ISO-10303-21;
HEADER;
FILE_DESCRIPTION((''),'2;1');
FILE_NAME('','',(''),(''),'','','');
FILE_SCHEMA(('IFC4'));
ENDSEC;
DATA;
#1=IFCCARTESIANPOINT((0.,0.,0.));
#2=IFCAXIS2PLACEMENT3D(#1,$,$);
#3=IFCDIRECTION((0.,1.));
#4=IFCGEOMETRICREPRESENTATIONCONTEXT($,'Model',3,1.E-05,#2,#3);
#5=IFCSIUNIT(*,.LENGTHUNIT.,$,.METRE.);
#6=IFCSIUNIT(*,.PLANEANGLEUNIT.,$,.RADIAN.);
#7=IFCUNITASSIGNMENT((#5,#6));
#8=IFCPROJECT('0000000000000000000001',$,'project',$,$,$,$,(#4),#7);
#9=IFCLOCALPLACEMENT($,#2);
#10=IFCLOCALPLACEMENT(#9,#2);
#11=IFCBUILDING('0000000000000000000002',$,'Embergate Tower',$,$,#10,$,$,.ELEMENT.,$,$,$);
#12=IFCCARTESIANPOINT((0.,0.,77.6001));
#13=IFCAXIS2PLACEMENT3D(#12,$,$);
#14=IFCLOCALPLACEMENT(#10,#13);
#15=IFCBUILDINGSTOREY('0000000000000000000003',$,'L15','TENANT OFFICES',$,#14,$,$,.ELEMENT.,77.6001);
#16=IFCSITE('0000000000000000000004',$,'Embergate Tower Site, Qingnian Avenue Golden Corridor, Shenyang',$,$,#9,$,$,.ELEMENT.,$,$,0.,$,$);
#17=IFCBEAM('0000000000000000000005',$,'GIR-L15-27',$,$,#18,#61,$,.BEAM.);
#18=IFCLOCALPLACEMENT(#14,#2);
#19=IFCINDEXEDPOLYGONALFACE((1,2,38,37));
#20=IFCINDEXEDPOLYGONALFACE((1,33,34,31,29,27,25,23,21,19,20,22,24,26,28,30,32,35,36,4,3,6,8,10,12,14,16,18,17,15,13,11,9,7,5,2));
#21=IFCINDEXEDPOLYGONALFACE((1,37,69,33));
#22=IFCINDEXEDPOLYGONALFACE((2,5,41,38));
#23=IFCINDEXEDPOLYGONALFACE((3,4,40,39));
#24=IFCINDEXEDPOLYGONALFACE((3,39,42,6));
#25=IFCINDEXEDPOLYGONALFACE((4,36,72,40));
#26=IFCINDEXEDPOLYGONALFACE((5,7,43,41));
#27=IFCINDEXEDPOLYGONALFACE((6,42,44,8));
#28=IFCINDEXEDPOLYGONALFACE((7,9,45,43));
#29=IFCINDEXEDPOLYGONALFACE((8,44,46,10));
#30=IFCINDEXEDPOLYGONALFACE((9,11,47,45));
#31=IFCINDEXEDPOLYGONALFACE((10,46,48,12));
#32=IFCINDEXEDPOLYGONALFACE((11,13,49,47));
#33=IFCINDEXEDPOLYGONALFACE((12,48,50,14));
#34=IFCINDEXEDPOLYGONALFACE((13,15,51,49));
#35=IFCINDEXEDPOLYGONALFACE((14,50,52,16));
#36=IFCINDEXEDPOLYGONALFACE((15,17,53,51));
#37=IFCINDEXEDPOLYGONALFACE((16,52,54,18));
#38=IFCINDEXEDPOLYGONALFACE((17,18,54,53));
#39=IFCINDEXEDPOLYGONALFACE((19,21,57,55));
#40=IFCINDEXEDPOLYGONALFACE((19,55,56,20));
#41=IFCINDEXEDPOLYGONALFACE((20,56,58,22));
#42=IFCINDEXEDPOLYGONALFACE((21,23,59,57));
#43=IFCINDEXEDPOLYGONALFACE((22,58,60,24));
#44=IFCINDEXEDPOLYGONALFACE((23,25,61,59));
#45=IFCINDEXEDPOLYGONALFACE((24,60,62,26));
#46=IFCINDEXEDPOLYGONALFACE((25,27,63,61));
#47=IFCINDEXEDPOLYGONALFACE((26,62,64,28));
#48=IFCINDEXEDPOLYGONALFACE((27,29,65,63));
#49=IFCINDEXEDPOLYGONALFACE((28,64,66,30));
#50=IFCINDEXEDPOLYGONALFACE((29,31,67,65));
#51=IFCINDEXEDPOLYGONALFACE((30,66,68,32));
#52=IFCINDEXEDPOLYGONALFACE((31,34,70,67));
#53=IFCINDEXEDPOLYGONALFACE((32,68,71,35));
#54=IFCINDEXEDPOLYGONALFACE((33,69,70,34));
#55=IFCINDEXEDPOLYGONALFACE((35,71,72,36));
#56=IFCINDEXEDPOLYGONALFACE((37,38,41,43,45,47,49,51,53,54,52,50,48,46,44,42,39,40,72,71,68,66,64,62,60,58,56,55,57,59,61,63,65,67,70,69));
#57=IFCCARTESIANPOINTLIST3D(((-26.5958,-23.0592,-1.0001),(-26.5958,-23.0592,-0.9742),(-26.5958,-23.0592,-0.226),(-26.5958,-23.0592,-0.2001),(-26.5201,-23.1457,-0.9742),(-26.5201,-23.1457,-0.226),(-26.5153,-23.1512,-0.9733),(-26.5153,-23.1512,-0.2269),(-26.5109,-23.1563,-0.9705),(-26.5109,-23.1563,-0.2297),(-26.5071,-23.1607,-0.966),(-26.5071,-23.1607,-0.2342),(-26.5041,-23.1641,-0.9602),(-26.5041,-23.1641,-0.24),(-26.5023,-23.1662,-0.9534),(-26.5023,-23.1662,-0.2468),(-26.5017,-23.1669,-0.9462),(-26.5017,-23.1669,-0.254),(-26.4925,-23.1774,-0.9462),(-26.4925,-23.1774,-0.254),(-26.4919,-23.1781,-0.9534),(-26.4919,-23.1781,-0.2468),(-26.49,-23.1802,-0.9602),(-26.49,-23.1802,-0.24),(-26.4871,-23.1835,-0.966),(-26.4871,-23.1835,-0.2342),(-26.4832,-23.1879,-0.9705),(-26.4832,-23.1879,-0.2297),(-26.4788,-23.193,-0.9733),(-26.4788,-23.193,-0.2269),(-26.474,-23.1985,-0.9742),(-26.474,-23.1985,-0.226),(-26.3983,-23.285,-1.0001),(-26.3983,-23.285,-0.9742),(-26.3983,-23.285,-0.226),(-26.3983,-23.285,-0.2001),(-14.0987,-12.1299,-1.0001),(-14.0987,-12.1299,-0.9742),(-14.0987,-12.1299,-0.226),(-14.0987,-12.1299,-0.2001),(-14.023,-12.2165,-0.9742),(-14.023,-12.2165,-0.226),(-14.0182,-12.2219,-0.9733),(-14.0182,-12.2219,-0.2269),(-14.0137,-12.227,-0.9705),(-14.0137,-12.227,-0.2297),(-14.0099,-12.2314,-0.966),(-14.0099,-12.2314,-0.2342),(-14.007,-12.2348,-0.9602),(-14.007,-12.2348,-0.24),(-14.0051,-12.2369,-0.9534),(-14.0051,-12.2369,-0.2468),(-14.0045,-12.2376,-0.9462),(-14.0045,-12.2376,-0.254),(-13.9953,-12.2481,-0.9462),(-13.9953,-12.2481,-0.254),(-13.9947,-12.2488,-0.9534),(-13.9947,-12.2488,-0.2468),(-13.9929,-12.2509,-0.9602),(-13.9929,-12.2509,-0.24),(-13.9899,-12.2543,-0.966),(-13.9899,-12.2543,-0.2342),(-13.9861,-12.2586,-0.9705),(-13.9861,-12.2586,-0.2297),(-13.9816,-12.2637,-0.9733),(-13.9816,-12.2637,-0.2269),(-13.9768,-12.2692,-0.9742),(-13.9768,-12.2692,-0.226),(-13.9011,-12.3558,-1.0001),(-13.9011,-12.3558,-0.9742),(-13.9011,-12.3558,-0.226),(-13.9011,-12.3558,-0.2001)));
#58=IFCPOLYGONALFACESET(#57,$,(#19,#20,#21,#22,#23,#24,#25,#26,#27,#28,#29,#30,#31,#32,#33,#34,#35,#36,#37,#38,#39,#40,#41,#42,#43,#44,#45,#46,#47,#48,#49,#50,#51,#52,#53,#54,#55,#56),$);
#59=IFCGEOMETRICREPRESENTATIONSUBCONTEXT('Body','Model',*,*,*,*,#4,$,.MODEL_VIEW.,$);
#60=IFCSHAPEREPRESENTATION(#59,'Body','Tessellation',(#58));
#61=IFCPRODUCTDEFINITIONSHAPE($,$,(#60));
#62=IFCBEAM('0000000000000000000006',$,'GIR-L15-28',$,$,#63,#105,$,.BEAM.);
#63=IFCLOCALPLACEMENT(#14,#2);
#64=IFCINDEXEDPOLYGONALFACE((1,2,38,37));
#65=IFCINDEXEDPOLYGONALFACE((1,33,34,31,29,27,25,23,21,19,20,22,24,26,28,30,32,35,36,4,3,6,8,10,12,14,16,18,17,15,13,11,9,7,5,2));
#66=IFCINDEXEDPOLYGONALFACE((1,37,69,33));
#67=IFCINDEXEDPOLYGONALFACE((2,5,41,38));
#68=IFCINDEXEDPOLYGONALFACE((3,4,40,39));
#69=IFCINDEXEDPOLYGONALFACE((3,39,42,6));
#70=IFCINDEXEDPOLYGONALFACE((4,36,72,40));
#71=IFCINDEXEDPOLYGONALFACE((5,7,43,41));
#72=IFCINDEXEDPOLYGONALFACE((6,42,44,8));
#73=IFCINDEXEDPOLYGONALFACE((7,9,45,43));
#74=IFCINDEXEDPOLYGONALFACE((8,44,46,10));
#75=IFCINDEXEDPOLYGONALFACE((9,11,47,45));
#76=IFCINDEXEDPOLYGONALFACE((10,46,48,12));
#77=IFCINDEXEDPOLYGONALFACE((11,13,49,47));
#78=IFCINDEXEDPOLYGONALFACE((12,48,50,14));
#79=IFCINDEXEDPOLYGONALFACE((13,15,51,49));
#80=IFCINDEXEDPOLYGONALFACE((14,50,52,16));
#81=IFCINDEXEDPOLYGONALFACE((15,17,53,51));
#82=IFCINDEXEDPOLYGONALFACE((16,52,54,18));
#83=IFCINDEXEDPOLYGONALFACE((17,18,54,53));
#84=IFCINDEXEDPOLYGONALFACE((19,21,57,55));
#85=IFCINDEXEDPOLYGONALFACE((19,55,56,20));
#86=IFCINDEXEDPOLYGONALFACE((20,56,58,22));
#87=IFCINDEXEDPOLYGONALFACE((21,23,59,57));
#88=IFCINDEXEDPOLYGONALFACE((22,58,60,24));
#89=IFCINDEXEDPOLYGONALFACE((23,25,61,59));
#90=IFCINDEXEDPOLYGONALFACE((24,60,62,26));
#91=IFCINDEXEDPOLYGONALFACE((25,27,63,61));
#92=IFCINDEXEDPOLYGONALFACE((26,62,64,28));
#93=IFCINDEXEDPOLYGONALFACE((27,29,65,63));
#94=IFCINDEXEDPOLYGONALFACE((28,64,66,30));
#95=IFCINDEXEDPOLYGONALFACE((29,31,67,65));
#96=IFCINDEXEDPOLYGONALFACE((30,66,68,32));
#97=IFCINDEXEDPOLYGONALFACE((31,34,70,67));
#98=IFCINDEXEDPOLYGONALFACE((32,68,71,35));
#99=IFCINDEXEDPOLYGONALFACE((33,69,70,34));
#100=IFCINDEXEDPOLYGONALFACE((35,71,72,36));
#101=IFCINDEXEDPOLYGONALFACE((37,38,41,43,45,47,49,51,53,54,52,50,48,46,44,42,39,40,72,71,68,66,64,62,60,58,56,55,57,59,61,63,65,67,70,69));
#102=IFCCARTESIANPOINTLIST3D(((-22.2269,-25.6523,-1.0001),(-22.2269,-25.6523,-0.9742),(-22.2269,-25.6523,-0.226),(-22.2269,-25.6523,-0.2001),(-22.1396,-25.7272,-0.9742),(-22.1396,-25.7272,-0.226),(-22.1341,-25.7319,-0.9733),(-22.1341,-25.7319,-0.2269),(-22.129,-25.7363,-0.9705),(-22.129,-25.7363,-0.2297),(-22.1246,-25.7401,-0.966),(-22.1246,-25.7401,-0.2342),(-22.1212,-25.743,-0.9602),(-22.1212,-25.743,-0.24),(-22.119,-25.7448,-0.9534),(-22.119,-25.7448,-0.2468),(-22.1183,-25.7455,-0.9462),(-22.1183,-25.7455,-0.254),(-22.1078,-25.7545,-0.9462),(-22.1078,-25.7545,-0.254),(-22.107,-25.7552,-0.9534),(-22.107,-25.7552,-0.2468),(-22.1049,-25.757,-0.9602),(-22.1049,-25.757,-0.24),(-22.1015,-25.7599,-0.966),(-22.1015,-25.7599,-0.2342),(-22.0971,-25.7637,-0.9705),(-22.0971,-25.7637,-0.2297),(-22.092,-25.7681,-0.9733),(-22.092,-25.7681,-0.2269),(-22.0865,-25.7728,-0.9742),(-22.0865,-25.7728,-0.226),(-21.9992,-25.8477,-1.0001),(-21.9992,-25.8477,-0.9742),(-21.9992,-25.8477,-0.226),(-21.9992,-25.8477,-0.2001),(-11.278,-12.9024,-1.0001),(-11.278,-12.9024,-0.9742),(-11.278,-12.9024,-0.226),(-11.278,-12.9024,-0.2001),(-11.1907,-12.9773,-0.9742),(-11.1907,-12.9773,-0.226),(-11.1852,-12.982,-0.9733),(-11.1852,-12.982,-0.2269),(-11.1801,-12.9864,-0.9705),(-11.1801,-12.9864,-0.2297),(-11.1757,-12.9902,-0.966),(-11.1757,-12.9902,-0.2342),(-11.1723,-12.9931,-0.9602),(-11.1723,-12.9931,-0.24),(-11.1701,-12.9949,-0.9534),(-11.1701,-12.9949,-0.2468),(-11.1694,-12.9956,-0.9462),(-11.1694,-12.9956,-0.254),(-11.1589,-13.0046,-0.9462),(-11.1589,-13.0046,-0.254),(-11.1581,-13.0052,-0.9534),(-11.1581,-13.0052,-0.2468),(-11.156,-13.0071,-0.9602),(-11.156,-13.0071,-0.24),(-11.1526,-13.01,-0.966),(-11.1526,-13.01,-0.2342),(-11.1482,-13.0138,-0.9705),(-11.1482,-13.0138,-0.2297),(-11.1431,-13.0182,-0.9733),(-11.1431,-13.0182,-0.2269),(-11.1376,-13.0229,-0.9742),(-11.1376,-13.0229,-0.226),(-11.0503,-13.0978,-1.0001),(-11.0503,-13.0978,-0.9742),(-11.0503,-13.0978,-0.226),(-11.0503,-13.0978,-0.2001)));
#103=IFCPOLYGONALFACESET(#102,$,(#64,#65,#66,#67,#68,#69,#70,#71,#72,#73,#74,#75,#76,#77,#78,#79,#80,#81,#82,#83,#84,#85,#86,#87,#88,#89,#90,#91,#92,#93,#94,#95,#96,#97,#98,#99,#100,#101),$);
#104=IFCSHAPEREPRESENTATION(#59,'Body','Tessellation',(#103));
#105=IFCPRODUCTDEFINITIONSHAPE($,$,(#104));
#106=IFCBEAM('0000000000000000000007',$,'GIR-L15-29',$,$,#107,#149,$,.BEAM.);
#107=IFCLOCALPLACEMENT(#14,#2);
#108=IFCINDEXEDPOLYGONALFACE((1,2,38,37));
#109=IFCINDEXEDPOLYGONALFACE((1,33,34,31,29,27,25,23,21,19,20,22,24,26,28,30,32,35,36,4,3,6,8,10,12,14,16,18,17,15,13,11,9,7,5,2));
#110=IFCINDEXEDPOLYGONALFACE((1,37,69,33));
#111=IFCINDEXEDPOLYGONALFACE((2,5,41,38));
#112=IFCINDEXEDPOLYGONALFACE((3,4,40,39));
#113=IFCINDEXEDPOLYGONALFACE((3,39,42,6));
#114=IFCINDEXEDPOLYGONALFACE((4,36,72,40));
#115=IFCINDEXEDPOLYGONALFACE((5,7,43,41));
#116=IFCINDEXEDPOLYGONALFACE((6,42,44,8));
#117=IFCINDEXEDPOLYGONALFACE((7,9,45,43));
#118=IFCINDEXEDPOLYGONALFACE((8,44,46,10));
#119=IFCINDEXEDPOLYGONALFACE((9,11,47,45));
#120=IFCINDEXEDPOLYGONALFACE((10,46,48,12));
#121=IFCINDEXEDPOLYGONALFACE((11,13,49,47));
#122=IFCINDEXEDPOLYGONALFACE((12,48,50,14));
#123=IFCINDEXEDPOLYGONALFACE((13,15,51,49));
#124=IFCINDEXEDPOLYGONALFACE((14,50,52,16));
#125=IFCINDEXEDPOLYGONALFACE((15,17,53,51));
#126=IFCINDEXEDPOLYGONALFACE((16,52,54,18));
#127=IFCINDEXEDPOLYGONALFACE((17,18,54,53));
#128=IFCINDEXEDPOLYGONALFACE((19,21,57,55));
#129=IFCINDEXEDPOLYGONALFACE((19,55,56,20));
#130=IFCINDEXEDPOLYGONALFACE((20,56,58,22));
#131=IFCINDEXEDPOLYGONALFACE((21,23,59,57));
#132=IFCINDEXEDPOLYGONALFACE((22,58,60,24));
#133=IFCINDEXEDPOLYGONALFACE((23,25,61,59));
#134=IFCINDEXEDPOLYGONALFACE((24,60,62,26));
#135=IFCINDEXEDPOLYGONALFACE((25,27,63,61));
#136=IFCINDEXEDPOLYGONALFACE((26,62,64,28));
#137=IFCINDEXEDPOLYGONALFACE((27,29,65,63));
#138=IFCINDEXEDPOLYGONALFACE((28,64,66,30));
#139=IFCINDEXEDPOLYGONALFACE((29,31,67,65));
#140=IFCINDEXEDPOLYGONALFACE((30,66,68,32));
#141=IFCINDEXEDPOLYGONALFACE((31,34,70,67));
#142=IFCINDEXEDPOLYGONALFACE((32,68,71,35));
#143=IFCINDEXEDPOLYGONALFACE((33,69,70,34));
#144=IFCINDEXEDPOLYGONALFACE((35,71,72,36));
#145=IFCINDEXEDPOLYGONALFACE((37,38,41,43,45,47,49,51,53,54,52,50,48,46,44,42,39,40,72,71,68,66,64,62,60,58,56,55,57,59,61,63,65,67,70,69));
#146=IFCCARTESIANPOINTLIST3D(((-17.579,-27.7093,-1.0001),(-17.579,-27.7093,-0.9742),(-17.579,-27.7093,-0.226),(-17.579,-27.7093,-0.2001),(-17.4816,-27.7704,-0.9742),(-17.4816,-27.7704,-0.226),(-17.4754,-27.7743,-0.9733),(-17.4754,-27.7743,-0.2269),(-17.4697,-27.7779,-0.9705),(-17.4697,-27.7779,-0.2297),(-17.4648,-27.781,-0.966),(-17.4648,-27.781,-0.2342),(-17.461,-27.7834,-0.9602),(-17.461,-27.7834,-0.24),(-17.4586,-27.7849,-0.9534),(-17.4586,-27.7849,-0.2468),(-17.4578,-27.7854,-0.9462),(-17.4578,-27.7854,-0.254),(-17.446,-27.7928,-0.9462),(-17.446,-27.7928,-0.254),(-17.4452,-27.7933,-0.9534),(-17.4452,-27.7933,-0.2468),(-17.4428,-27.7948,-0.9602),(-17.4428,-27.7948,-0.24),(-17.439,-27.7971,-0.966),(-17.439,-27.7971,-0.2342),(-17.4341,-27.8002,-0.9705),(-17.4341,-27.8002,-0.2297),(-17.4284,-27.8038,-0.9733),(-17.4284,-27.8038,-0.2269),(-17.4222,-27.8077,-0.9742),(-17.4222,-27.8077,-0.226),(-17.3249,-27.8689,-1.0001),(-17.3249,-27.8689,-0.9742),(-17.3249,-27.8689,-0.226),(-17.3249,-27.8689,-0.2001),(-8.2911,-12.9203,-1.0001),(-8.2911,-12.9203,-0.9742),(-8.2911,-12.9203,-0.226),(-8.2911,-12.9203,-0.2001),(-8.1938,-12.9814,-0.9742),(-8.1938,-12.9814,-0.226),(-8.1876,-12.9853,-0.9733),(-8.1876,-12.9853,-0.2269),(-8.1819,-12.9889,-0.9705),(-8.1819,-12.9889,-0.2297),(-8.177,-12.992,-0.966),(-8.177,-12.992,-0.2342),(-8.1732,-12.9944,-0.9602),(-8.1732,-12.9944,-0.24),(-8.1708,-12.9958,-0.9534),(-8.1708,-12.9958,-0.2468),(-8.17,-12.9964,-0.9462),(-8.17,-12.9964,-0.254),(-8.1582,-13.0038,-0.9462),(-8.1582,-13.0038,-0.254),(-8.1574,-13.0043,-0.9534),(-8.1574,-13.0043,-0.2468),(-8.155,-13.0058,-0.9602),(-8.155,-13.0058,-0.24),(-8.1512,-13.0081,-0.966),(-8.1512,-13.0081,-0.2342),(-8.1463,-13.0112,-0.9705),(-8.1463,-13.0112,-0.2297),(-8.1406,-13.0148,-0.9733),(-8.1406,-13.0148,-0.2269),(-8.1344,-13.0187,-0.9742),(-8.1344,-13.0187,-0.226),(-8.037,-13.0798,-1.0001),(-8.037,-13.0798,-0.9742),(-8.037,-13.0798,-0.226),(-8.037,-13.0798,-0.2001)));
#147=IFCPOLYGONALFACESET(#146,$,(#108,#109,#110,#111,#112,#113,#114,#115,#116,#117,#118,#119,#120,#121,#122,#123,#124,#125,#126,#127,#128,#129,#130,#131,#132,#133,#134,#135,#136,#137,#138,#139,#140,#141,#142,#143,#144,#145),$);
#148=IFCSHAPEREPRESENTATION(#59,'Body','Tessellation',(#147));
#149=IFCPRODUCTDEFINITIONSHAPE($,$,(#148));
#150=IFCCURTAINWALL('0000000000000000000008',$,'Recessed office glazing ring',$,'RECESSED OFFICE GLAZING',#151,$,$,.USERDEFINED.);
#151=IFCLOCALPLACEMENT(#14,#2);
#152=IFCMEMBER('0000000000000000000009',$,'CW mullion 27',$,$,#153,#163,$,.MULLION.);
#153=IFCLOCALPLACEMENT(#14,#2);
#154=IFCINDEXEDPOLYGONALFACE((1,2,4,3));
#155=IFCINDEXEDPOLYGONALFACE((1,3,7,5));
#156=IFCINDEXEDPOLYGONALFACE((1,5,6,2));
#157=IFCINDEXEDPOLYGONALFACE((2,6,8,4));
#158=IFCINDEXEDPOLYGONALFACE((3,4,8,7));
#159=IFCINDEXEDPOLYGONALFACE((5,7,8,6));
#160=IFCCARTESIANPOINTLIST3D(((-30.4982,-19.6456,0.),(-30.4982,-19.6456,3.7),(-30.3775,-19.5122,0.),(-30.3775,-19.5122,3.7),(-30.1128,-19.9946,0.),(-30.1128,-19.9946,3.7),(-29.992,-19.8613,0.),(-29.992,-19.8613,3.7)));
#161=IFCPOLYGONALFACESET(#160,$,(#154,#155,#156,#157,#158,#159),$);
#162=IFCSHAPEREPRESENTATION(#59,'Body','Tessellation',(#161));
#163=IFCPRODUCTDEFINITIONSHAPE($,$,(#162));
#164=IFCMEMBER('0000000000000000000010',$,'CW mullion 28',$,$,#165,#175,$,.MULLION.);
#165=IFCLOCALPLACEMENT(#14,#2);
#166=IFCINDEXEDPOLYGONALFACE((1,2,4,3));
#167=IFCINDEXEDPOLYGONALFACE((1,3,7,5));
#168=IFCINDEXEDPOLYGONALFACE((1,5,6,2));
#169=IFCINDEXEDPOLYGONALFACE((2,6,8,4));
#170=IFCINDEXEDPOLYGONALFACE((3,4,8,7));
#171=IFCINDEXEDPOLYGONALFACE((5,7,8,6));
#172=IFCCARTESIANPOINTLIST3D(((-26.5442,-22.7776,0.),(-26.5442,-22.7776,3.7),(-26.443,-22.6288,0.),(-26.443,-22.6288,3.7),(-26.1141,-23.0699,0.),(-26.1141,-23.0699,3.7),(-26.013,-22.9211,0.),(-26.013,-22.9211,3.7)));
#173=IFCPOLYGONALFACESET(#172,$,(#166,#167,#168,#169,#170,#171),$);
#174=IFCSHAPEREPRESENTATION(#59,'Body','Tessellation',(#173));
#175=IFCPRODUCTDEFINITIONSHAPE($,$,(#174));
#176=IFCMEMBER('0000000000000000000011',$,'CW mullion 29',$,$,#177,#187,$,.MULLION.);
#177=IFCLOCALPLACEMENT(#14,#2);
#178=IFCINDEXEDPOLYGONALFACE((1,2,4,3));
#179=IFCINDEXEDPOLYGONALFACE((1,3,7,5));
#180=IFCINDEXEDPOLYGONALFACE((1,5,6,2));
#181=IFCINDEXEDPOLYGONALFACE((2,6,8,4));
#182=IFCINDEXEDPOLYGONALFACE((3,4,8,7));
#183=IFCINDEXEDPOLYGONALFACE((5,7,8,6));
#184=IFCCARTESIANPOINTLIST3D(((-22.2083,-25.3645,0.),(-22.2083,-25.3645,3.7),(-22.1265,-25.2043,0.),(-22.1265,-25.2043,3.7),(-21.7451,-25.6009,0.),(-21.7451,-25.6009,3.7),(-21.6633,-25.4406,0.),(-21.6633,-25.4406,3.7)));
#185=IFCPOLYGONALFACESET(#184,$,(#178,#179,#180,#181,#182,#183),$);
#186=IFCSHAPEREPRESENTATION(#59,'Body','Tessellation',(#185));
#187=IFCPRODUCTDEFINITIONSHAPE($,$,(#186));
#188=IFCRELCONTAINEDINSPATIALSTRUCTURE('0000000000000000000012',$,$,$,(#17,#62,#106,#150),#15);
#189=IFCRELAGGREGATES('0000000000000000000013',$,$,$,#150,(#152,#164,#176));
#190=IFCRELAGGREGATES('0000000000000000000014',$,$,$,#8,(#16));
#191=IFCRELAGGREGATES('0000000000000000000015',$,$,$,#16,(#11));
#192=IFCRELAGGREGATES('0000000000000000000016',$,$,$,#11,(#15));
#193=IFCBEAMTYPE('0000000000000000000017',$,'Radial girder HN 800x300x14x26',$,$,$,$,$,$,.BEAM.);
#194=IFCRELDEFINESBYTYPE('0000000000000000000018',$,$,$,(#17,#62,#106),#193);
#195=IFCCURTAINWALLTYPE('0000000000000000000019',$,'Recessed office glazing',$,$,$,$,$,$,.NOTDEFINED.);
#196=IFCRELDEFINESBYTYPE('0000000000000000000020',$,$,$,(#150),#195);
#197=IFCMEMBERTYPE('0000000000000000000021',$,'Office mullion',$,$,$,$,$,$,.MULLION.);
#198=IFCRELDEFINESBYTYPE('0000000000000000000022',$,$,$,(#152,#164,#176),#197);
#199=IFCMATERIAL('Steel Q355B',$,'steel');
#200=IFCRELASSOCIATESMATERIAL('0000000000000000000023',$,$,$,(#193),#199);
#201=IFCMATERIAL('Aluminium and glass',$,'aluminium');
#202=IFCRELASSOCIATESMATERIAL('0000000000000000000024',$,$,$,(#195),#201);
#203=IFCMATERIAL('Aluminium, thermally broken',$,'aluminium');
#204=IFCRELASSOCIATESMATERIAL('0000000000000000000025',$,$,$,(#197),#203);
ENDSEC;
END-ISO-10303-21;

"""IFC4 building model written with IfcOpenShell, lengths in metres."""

from ifc_helpers import new_model, si_unit, direction, frame, origin, origin_2d, place, context, subcontext, project, spatial, rectangle, i_section, extrude, source, transform, mapped, material, material_profile, profile_set, type_object, element, aggregate, save


model = new_model("IFC4")

# Units and contexts
model_context = context("Model", 3, precision=1e-05, world=origin(), true_north=direction((0.0, 1.0)))
body_context = subcontext(model_context, "Body", "Model", "MODEL_VIEW")
ifc_project = project(units=[si_unit("LENGTHUNIT", "METRE"), si_unit("PLANEANGLEUNIT", "RADIAN")], contexts=[model_context])

# Site, building, storey
site_placement = place(None, origin())
site = spatial("IfcSite", under=ifc_project, at=site_placement, Name="Embergate Tower Site, Qingnian Avenue Golden Corridor, Shenyang", CompositionType="ELEMENT", RefElevation=0.0)
building_placement = place(site_placement, origin())
building = spatial("IfcBuilding", under=site, at=building_placement, Name="Embergate Tower", CompositionType="ELEMENT")
storey_placement = place(building_placement, frame((0.0, 0.0, 77.6001)))
storey = spatial("IfcBuildingStorey", under=building, at=storey_placement, Name="L15", Description="TENANT OFFICES", CompositionType="ELEMENT", Elevation=77.6001)

# Beams
ifc_material_1 = material(Name="Steel Q355B", Category="steel")
ifc_material_profile_1 = material_profile(ifc_material_1, i_section(OverallWidth=0.3, OverallDepth=0.8, WebThickness=0.0139, FlangeThickness=0.0259, FilletRadius=0.0281, at=origin_2d()), Name="HN 800x300x14x26")
ifc_profile_set_1 = profile_set([ifc_material_profile_1], Name="Steel Q355 grade B")
beam_type_1 = type_object("IfcBeamType", Name="Radial girder HN 800x300x14x26", PredefinedType="BEAM", material=ifc_profile_set_1)
shared_shape_1 = source(origin(), body_context, "Body", "SweptSolid", [
    extrude(i_section(OverallWidth=0.3, OverallDepth=0.8, WebThickness=0.0139, FlangeThickness=0.0259, FilletRadius=0.0281, at=origin_2d()), origin(), (0.0, 0.0, 1.0), 16.6021),
])
beam_1_placement = place(storey_placement, frame((-26.4971, -23.1721, -0.6001), z_axis=(0.752748, 0.658309, 0.0), x_axis=(-0.658309, 0.752748, 0.0)))
element("IfcBeam", 1, at=beam_1_placement, inside=storey, type_object=beam_type_1, Name="GIR-L15-27", PredefinedType="BEAM", context=body_context, shape_type="MappedRepresentation", body=[
    mapped(shared_shape_1, transform((0.0, 0.0, 0.0))),
])
shared_shape_2 = source(origin(), body_context, "Body", "SweptSolid", [
    extrude(i_section(OverallWidth=0.3, OverallDepth=0.8, WebThickness=0.0139, FlangeThickness=0.0259, FilletRadius=0.0281, at=origin_2d()), origin(), (0.0, 0.0, 1.0), 16.8059),
])
beam_2_placement = place(storey_placement, frame((-22.113, -25.75, -0.6001), z_axis=(0.651491, 0.758656, 0.0), x_axis=(-0.758656, 0.651491, 0.0)))
element("IfcBeam", 2, at=beam_2_placement, inside=storey, type_object=beam_type_1, Name="GIR-L15-28", PredefinedType="BEAM", context=body_context, shape_type="MappedRepresentation", body=[
    mapped(shared_shape_2, transform((0.0, 0.0, 0.0))),
])
shared_shape_3 = source(origin(), body_context, "Body", "SweptSolid", [
    extrude(i_section(OverallWidth=0.3, OverallDepth=0.8, WebThickness=0.0139, FlangeThickness=0.0259, FilletRadius=0.0281, at=origin_2d()), origin(), (0.0, 0.0, 1.0), 17.4636),
])
beam_3_placement = place(storey_placement, frame((-17.4519, -27.7891, -0.6001), z_axis=(0.531837, 0.846847, 0.0), x_axis=(-0.846847, 0.531837, 0.0)))
element("IfcBeam", 3, at=beam_3_placement, inside=storey, type_object=beam_type_1, Name="GIR-L15-29", PredefinedType="BEAM", context=body_context, shape_type="MappedRepresentation", body=[
    mapped(shared_shape_3, transform((0.0, 0.0, 0.0))),
])

# Curtain wall, members
ifc_material_2 = material(Name="Aluminium and glass", Category="aluminium")
curtain_wall_type = type_object("IfcCurtainWallType", Name="Recessed office glazing", PredefinedType="NOTDEFINED", material=ifc_material_2)
curtain_wall_placement = place(storey_placement, origin())
curtain_wall = element("IfcCurtainWall", 4, at=curtain_wall_placement, inside=storey, type_object=curtain_wall_type, Name="Recessed office glazing ring", ObjectType="RECESSED OFFICE GLAZING", PredefinedType="USERDEFINED")
ifc_material_3 = material(Name="Aluminium, thermally broken", Category="aluminium")
ifc_material_profile_2 = material_profile(ifc_material_3, rectangle(XDim=0.1799, YDim=0.52, at=origin_2d()), Name="AL 520x180")
ifc_profile_set_2 = profile_set([ifc_material_profile_2], Name="Aluminium, thermally broken")
member_type_1 = type_object("IfcMemberType", Name="Office mullion", PredefinedType="MULLION", material=ifc_profile_set_2)
shared_shape_4 = source(origin(), body_context, "Body", "SweptSolid", [
    extrude(rectangle(XDim=0.1799, YDim=0.52, at=origin_2d()), origin(), (0.0, 0.0, 1.0), 3.7),
])
member_1_placement = place(storey_placement, frame((-30.2451, -19.7534, 0.0), z_axis=(0.0, 0.0, 1.0), x_axis=(0.671234, 0.741245, 0.0)))
member_1 = element("IfcMember", 5, at=member_1_placement, type_object=member_type_1, Name="CW mullion 27", PredefinedType="MULLION", context=body_context, shape_type="MappedRepresentation", body=[
    mapped(shared_shape_4, transform((0.0, 0.0, 0.0))),
])
member_2_placement = place(storey_placement, frame((-26.2786, -22.8494, 0.0), z_axis=(0.0, 0.0, 1.0), x_axis=(0.562223, 0.826985, 0.0)))
member_2 = element("IfcMember", 6, at=member_2_placement, type_object=member_type_1, Name="CW mullion 28", PredefinedType="MULLION", context=body_context, shape_type="MappedRepresentation", body=[
    mapped(shared_shape_4, transform((0.0, 0.0, 0.0))),
])
member_3_placement = place(storey_placement, frame((-21.9358, -25.4026, 0.0), z_axis=(0.0, 0.0, 1.0), x_axis=(0.454516, 0.890739, 0.0)))
member_3 = element("IfcMember", 7, at=member_3_placement, type_object=member_type_1, Name="CW mullion 29", PredefinedType="MULLION", context=body_context, shape_type="MappedRepresentation", body=[
    mapped(shared_shape_4, transform((0.0, 0.0, 0.0))),
])
aggregate(curtain_wall, [member_1, member_2, member_3])

save(model, "model.ifc")
